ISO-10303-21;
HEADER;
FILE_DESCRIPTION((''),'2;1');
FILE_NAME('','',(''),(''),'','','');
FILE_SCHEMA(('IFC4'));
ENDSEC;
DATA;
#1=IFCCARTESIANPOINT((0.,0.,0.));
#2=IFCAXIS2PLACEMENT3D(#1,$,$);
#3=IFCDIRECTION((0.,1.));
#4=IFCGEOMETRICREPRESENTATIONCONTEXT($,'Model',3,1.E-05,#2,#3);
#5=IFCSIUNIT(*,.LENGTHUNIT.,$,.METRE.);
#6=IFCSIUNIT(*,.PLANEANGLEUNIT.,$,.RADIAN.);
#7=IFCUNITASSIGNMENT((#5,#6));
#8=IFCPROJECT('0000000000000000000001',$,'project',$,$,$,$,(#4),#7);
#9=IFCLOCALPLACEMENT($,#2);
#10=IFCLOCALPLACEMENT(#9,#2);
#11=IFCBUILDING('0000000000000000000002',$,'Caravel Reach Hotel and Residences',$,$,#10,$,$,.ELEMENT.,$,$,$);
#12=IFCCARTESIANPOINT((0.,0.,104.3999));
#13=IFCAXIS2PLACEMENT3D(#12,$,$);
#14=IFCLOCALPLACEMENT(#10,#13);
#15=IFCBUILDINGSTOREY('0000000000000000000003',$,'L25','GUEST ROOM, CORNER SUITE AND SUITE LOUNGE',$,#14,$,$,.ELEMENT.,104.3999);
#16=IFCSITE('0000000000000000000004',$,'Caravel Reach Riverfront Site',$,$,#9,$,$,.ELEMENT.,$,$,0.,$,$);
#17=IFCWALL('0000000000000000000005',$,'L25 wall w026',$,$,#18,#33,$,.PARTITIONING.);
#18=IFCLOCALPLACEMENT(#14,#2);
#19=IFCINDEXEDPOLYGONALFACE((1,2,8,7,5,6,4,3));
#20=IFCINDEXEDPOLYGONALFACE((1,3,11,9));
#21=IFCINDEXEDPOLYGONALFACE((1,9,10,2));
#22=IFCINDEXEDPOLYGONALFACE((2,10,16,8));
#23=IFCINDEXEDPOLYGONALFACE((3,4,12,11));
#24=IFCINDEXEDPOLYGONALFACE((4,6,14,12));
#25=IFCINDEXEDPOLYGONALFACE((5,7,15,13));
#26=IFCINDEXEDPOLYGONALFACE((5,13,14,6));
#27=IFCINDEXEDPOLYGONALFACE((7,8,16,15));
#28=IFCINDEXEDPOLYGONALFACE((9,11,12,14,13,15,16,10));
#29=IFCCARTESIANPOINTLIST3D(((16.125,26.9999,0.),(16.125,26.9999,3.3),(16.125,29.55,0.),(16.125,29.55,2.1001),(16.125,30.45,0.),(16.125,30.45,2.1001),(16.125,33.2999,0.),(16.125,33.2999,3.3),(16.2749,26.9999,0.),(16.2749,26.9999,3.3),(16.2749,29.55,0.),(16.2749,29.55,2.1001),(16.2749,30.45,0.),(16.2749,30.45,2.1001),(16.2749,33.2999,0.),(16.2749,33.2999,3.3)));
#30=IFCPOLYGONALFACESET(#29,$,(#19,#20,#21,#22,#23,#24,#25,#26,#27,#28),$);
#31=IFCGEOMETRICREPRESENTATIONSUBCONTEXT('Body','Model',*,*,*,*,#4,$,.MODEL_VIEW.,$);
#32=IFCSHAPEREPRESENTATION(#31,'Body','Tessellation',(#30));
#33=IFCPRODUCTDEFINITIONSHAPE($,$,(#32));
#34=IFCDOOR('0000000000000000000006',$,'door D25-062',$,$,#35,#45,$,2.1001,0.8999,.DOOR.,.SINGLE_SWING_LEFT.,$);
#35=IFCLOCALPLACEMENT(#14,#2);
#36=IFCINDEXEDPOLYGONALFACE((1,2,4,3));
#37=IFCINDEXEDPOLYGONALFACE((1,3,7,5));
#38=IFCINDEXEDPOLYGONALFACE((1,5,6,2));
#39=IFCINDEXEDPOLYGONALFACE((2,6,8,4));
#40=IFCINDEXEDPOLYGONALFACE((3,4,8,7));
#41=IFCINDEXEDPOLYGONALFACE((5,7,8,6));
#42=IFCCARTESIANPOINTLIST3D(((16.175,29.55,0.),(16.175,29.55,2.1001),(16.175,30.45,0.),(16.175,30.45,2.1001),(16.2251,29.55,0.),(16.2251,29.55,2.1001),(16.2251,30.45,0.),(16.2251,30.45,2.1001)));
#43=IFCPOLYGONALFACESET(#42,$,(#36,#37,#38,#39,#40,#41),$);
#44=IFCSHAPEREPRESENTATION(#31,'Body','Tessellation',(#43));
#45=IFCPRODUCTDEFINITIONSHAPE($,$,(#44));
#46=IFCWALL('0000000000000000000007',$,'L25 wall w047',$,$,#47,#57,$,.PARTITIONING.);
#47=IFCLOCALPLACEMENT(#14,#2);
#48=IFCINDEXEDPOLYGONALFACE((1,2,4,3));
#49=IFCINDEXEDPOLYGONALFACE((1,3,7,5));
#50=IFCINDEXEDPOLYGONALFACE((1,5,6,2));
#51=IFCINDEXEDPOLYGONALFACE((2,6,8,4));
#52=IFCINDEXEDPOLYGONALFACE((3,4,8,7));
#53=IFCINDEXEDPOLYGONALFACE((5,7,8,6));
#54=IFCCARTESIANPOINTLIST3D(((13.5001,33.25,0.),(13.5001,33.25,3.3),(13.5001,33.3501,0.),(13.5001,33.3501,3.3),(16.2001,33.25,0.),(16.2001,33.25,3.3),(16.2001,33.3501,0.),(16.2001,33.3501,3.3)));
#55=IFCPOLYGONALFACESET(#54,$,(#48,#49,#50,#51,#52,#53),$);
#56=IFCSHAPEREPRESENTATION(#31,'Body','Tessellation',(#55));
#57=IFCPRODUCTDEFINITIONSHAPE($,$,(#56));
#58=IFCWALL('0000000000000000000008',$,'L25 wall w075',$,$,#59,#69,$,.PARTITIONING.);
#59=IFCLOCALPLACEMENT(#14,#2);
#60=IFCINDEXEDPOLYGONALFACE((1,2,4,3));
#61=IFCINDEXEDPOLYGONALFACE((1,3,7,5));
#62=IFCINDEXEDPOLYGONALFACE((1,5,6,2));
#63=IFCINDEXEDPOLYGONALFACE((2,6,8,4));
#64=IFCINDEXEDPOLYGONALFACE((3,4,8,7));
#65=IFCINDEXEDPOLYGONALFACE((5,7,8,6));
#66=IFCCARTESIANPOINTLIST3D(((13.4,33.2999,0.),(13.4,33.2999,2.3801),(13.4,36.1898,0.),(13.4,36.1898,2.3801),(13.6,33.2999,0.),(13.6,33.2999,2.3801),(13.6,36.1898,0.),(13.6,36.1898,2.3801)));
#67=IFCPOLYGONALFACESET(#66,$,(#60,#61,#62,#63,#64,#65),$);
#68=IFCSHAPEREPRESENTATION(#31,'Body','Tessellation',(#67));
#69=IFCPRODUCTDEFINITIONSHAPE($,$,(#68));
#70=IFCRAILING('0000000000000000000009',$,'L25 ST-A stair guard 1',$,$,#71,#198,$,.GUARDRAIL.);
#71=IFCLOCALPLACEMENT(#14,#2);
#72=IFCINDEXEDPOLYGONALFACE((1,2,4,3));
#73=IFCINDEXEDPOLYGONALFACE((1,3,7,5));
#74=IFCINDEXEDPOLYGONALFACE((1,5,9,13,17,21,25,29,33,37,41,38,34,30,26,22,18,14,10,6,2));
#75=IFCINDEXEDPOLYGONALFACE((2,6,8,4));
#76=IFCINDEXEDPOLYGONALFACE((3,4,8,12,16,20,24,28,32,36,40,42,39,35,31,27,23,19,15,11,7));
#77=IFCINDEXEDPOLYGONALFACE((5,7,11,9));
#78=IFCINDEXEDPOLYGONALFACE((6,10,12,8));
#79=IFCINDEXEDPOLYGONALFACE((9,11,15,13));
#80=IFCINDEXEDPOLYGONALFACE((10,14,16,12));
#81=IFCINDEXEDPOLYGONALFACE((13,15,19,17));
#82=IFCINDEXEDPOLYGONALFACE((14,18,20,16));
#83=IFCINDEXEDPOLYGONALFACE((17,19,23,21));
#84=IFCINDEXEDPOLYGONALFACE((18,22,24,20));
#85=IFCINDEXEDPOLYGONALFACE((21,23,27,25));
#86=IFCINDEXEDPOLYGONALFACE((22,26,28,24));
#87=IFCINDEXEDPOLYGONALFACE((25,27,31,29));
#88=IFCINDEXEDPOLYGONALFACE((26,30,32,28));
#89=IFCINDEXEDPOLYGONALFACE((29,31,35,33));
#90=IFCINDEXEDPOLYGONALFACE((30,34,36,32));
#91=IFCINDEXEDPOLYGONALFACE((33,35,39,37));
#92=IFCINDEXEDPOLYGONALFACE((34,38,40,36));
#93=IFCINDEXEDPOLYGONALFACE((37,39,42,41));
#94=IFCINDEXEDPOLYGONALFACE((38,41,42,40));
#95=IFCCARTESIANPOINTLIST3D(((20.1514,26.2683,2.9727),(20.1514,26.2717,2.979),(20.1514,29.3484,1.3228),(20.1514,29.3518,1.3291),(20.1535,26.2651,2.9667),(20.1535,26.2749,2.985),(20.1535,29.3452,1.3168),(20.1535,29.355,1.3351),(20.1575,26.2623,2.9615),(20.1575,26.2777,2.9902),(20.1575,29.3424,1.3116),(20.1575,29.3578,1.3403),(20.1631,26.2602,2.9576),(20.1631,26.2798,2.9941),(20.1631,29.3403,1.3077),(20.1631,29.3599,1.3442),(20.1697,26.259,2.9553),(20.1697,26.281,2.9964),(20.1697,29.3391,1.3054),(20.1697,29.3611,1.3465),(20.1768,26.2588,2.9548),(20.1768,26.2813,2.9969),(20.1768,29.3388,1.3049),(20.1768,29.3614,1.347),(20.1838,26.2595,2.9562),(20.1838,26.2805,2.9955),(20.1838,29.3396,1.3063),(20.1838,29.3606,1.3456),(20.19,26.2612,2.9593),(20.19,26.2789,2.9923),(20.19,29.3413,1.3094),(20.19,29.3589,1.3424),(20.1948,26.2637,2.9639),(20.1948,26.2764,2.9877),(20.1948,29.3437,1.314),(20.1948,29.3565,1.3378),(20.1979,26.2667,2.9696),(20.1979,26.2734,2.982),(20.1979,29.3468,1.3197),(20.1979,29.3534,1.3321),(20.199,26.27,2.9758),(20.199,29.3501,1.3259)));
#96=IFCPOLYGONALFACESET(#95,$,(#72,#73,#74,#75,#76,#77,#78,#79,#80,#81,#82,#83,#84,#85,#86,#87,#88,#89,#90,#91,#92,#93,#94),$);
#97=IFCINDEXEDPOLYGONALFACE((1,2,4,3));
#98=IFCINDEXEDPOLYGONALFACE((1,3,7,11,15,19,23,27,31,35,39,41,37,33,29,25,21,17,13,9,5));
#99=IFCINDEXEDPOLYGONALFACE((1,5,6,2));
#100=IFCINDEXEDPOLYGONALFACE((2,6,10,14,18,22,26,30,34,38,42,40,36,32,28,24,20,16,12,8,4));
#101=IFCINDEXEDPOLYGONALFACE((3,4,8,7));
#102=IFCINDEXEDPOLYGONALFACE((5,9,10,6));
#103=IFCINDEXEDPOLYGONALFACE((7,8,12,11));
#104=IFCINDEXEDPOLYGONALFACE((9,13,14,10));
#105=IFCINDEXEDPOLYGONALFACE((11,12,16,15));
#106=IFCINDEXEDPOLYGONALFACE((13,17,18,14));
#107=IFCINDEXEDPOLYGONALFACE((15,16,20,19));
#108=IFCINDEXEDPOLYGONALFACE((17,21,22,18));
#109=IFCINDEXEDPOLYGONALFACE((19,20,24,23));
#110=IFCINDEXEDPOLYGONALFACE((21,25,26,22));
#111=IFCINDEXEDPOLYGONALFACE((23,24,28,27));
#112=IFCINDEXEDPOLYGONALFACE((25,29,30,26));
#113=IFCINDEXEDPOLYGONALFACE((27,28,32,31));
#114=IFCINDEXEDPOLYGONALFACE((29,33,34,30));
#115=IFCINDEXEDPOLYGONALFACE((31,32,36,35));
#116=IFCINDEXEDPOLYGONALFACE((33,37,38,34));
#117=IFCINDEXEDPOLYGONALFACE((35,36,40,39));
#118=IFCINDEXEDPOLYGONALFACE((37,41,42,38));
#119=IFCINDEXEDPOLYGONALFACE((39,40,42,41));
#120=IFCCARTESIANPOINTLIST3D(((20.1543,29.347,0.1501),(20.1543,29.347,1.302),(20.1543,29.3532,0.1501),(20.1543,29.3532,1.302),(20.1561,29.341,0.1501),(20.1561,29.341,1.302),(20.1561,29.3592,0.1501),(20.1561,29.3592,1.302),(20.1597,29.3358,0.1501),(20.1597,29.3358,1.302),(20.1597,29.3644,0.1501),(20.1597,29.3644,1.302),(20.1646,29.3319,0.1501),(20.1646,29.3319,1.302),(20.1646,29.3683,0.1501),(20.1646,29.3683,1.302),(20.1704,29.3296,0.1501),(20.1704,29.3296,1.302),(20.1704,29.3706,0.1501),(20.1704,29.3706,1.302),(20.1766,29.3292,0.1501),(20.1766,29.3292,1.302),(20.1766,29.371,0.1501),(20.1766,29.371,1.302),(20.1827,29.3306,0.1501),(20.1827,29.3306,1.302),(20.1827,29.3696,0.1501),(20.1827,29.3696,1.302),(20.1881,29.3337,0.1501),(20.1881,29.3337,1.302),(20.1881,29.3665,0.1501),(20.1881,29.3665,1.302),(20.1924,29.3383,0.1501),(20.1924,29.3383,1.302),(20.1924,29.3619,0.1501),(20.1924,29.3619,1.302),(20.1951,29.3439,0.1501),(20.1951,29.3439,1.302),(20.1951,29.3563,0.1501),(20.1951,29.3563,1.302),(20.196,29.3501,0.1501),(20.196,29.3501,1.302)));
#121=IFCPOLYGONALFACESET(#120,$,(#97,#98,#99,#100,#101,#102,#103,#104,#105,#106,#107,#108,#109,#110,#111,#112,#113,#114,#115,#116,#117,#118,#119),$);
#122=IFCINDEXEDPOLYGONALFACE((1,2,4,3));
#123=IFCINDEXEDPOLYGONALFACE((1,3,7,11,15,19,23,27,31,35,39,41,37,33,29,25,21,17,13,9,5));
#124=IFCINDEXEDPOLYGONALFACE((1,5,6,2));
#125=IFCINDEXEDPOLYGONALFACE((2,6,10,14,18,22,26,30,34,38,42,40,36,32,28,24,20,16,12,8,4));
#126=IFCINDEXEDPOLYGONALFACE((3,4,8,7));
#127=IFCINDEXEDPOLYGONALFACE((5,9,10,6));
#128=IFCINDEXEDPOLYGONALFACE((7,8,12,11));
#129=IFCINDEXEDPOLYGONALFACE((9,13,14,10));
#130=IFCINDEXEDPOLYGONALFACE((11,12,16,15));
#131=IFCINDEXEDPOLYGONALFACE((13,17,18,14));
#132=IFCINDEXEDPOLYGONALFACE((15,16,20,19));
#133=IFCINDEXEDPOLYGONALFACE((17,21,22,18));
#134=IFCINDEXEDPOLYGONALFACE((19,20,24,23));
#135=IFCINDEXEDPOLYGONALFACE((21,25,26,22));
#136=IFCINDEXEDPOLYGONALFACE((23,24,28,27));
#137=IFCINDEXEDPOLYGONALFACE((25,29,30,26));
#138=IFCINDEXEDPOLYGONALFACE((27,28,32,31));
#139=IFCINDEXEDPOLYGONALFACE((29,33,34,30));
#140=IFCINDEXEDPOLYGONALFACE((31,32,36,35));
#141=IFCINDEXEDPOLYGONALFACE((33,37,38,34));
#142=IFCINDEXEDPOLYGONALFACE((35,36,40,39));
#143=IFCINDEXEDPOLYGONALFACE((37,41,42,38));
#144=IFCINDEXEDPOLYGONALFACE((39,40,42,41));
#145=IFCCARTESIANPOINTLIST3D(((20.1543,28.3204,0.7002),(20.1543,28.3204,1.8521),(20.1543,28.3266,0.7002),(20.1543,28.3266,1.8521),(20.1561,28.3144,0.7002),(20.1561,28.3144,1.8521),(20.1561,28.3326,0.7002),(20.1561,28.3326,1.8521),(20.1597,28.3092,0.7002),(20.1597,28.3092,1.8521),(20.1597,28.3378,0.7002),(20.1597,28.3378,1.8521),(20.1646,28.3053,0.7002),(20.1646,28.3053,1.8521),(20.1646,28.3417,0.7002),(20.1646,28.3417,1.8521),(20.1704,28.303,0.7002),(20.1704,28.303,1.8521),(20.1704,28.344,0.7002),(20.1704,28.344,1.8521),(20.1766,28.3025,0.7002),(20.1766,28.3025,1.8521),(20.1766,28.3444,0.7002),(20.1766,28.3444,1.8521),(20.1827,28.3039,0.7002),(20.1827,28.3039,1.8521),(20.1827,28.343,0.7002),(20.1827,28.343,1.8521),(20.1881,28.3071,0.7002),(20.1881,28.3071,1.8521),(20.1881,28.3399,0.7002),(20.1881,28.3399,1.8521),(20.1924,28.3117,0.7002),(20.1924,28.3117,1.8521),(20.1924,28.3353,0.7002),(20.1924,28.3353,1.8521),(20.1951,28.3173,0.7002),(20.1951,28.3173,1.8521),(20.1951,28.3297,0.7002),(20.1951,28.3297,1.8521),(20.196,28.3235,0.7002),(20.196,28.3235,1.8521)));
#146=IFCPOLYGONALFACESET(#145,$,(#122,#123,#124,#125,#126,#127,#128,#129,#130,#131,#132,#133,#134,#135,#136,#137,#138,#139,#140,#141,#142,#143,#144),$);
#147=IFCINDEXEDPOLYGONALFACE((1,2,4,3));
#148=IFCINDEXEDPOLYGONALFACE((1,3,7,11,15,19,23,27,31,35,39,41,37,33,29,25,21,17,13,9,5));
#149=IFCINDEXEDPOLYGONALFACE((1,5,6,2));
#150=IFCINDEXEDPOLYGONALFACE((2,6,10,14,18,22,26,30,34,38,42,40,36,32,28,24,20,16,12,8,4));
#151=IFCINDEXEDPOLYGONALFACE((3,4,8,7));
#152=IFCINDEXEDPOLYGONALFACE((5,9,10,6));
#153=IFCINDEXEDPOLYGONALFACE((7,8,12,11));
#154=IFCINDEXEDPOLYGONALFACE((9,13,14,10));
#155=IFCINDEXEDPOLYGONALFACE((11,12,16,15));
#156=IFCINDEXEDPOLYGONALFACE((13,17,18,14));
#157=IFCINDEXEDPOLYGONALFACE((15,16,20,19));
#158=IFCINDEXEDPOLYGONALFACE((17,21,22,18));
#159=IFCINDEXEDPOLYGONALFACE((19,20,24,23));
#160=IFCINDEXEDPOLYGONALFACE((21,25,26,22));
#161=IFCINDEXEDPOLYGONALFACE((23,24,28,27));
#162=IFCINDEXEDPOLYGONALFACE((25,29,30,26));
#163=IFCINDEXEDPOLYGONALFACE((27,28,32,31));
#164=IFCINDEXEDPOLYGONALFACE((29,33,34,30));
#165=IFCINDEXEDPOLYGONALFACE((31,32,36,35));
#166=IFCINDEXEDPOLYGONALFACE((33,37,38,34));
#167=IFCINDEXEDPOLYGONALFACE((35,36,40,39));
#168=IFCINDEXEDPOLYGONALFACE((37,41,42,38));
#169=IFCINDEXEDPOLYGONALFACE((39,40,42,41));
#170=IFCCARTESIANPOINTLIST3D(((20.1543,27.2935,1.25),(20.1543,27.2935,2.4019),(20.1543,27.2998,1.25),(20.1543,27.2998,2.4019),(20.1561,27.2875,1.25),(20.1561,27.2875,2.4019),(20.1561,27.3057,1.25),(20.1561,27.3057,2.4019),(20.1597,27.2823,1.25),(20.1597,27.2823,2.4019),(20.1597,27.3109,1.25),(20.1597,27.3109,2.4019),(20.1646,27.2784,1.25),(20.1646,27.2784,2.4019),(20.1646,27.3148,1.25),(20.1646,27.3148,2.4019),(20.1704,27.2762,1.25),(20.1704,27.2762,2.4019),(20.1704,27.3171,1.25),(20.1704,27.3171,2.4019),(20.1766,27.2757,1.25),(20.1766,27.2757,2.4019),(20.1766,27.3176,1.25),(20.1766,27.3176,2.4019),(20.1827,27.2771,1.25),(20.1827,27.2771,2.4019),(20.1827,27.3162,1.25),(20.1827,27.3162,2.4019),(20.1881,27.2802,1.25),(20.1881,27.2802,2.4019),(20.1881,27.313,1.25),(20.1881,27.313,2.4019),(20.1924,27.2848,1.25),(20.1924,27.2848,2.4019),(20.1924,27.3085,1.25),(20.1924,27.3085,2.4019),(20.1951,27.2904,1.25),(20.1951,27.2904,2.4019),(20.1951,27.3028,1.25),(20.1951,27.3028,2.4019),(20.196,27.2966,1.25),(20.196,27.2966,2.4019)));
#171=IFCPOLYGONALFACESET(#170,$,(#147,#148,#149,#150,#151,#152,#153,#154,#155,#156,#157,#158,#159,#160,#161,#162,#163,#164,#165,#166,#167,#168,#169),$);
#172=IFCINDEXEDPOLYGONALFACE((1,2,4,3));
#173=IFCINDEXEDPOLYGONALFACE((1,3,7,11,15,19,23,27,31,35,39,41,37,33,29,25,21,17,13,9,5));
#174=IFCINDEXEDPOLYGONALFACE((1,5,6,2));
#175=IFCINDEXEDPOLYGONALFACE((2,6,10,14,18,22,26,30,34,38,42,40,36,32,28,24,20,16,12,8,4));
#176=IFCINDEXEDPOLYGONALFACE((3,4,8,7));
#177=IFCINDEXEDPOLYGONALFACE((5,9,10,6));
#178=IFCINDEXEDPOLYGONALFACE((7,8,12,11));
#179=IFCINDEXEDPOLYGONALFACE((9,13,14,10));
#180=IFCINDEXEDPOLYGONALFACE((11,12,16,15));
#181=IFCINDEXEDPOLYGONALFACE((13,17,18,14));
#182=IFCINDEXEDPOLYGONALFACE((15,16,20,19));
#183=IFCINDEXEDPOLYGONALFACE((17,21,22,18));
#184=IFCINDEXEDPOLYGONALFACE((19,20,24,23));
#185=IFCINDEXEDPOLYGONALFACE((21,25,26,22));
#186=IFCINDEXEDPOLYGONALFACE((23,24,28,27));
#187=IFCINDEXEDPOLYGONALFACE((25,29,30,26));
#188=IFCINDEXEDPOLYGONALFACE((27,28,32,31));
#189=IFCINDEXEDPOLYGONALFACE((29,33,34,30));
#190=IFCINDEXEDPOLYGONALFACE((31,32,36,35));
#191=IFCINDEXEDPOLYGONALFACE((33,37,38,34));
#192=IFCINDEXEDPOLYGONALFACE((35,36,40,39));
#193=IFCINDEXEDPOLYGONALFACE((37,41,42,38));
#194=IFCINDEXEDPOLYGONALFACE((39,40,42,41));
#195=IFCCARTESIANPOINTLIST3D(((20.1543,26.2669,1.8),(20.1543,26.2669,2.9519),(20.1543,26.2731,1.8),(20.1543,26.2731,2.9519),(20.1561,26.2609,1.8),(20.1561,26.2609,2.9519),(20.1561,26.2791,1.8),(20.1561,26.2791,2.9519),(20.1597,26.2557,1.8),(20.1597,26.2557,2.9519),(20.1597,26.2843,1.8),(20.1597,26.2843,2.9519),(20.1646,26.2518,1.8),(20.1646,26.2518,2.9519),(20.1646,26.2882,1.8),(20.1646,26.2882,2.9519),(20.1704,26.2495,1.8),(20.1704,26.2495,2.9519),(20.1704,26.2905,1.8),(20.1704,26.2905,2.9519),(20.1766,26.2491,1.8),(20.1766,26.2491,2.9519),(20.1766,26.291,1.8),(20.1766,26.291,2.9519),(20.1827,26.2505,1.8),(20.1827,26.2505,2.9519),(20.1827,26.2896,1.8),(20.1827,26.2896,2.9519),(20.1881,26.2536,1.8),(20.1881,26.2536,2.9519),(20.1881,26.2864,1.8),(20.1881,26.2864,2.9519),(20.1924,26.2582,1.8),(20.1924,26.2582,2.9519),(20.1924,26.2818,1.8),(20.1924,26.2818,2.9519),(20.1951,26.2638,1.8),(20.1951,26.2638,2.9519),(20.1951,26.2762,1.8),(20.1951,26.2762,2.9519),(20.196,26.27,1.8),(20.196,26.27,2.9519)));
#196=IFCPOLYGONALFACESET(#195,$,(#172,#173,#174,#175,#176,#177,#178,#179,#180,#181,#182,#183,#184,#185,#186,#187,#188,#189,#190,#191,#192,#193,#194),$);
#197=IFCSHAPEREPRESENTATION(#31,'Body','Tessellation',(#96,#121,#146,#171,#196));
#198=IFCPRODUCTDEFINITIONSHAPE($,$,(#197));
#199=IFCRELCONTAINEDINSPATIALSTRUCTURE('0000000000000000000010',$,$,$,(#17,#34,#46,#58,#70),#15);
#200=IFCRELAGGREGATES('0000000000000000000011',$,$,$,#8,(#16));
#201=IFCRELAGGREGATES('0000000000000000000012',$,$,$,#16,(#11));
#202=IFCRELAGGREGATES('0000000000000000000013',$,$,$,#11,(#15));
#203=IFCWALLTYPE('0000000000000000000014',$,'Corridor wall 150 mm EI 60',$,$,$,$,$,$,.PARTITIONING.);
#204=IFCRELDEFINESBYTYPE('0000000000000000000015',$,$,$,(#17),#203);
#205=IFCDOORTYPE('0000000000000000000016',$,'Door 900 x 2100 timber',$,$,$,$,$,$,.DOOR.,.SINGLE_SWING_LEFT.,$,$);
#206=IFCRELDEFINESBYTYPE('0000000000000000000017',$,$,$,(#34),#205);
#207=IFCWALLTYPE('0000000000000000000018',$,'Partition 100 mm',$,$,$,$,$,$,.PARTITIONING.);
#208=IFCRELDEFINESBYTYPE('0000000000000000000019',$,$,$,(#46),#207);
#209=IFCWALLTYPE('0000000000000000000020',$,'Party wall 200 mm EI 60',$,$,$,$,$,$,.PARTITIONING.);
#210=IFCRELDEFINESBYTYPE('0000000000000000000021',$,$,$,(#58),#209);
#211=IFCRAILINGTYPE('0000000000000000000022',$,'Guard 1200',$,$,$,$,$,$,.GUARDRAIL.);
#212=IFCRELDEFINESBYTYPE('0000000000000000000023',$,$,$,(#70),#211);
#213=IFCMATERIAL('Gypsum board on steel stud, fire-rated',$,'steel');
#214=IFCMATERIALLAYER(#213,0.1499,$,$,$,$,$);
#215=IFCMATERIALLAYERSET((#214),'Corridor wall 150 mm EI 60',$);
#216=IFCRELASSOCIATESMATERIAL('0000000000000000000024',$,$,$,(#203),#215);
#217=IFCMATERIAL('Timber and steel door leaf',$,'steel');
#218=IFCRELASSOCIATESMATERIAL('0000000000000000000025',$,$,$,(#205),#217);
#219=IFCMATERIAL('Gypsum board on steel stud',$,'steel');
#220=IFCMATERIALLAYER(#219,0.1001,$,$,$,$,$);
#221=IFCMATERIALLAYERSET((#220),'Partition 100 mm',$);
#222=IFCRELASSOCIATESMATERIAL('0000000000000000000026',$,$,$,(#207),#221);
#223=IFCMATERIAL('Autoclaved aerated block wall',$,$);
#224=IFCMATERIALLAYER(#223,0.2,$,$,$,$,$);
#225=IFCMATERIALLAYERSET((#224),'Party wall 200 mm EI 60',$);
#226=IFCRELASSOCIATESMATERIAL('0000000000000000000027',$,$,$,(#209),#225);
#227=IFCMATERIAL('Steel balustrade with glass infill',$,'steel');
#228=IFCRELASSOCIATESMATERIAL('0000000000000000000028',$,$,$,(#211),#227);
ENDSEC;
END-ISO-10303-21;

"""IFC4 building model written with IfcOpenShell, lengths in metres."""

from ifc_helpers import new_model, si_unit, direction, frame, frame_2d, origin, origin_2d, place, context, subcontext, project, spatial, rectangle, circle, extrude, material, layer, layer_set, type_object, element, fill, save


model = new_model("IFC4")

# Units and contexts
model_context = context("Model", 3, precision=1e-05, world=origin(), true_north=direction((0.0, 1.0)))
body_context = subcontext(model_context, "Body", "Model", "MODEL_VIEW")
ifc_project = project(units=[si_unit("LENGTHUNIT", "METRE"), si_unit("PLANEANGLEUNIT", "RADIAN")], contexts=[model_context])

# Site, building, storey
site_placement = place(None, origin())
site = spatial("IfcSite", under=ifc_project, at=site_placement, Name="Caravel Reach Riverfront Site", CompositionType="ELEMENT", RefElevation=0.0)
building_placement = place(site_placement, origin())
building = spatial("IfcBuilding", under=site, at=building_placement, Name="Caravel Reach Hotel and Residences", CompositionType="ELEMENT")
storey_placement = place(building_placement, frame((0.0, 0.0, 104.3999)))
storey = spatial("IfcBuildingStorey", under=building, at=storey_placement, Name="L25", Description="GUEST ROOM, CORNER SUITE AND SUITE LOUNGE", CompositionType="ELEMENT", Elevation=104.3999)

# Shared definitions
ifc_material_1 = material(Name="Gypsum board on steel stud, fire-rated", Category="steel")
ifc_layer_1 = layer(ifc_material_1, 0.1499)
ifc_layer_set_1 = layer_set([ifc_layer_1], Name="Corridor wall 150 mm EI 60")
wall_type_1 = type_object("IfcWallType", Name="Corridor wall 150 mm EI 60", PredefinedType="PARTITIONING", material=ifc_layer_set_1)
ifc_material_2 = material(Name="Timber and steel door leaf", Category="steel")
door_type_1 = type_object("IfcDoorType", Name="Door 900 x 2100 timber", OperationType="SINGLE_SWING_LEFT", PredefinedType="DOOR", material=ifc_material_2)

# Wall, opening, door
wall_1_placement = place(storey_placement, frame((16.2, 27.0, 0.0), z_axis=(0.0, 0.0, 1.0), x_axis=(0.0, 1.0, 0.0)))
wall_1 = element("IfcWall", 1, at=wall_1_placement, inside=storey, type_object=wall_type_1, Name="L25 wall w026", PredefinedType="PARTITIONING", context=body_context, shape_type="SweptSolid", body=[
    extrude(rectangle(XDim=6.3, YDim=0.1499, at=frame_2d((3.1499, 0.0))), origin(), (0.0, 0.0, 1.0), 3.3),
])
opening_1_placement = place(wall_1_placement, frame((2.55, 0.0, 0.0)))
opening_1 = element("IfcOpeningElement", 2, at=opening_1_placement, cuts=wall_1, PredefinedType="OPENING", context=body_context, shape_type="SweptSolid", body=[
    extrude(rectangle(XDim=0.8999, YDim=2.1001, at=frame_2d((0.45, 1.05))), frame((0.0, 0.085, 0.0), z_axis=(0.0, -1.0, 0.0), x_axis=(1.0, 0.0, 0.0)), (0.0, 0.0, 1.0), 0.1699),
])
door_1_placement = place(opening_1_placement, origin())
door_1 = element("IfcDoor", 3, at=door_1_placement, inside=storey, type_object=door_type_1, Name="door D25-062", OperationType="SINGLE_SWING_LEFT", OverallHeight=2.1001, OverallWidth=0.8999, PredefinedType="DOOR", context=body_context, shape_type="SweptSolid", body=[
    extrude(rectangle(XDim=0.8999, YDim=2.1001, at=frame_2d((0.45, 1.05))), frame((0.0, 0.0249, 0.0), z_axis=(0.0, -1.0, 0.0), x_axis=(1.0, 0.0, 0.0)), (0.0, 0.0, 1.0), 0.05),
])
fill(opening_1, door_1)

# Walls
ifc_material_3 = material(Name="Gypsum board on steel stud", Category="steel")
ifc_layer_2 = layer(ifc_material_3, 0.1001)
ifc_layer_set_2 = layer_set([ifc_layer_2], Name="Partition 100 mm")
wall_type_2 = type_object("IfcWallType", Name="Partition 100 mm", PredefinedType="PARTITIONING", material=ifc_layer_set_2)
wall_2_placement = place(storey_placement, frame((13.5, 33.3, 0.0), z_axis=(0.0, 0.0, 1.0), x_axis=(1.0, 0.0, 0.0)))
element("IfcWall", 4, at=wall_2_placement, inside=storey, type_object=wall_type_2, Name="L25 wall w047", PredefinedType="PARTITIONING", context=body_context, shape_type="SweptSolid", body=[
    extrude(rectangle(XDim=2.7, YDim=0.1001, at=frame_2d((1.3501, 0.0))), origin(), (0.0, 0.0, 1.0), 3.3),
])
ifc_material_4 = material(Name="Autoclaved aerated block wall")
ifc_layer_3 = layer(ifc_material_4, 0.2)
ifc_layer_set_3 = layer_set([ifc_layer_3], Name="Party wall 200 mm EI 60")
wall_type_3 = type_object("IfcWallType", Name="Party wall 200 mm EI 60", PredefinedType="PARTITIONING", material=ifc_layer_set_3)
wall_3_placement = place(storey_placement, frame((13.5, 33.3, 0.0), z_axis=(0.0, 0.0, 1.0), x_axis=(0.0, 1.0, 0.0)))
element("IfcWall", 5, at=wall_3_placement, inside=storey, type_object=wall_type_3, Name="L25 wall w075", PredefinedType="PARTITIONING", context=body_context, shape_type="SweptSolid", body=[
    extrude(rectangle(XDim=2.8899, YDim=0.2, at=frame_2d((1.4448, 0.0))), origin(), (0.0, 0.0, 1.0), 2.3801),
])

# Railing
ifc_material_5 = material(Name="Steel balustrade with glass infill", Category="steel")
railing_type_1 = type_object("IfcRailingType", Name="Guard 1200", PredefinedType="GUARDRAIL", material=ifc_material_5)
railing_1_placement = place(storey_placement, frame((20.175, 29.3501, 0.1501)))
element("IfcRailing", 6, at=railing_1_placement, inside=storey, type_object=railing_type_1, Name="L25 ST-A stair guard 1", PredefinedType="GUARDRAIL", context=body_context, shape_type="SweptSolid", body=[
    extrude(circle(Radius=0.0239, at=origin_2d()), frame((0.0, 0.0, 1.1758), z_axis=(0.0, -0.881497, 0.47219), x_axis=(1.0, 0.0, 0.0)), (0.0, 0.0, 1.0), 3.4941),
    extrude(circle(Radius=0.021, at=origin_2d()), origin(), (0.0, 0.0, 1.0), 1.1519),
    extrude(circle(Radius=0.021, at=origin_2d()), frame((0.0, -1.0266, 0.55)), (0.0, 0.0, 1.0), 1.1519),
    extrude(circle(Radius=0.021, at=origin_2d()), frame((0.0, -2.0535, 1.0999)), (0.0, 0.0, 1.0), 1.1519),
    extrude(circle(Radius=0.021, at=origin_2d()), frame((0.0, -3.0801, 1.6499)), (0.0, 0.0, 1.0), 1.1519),
])

save(model, "model.ifc")
